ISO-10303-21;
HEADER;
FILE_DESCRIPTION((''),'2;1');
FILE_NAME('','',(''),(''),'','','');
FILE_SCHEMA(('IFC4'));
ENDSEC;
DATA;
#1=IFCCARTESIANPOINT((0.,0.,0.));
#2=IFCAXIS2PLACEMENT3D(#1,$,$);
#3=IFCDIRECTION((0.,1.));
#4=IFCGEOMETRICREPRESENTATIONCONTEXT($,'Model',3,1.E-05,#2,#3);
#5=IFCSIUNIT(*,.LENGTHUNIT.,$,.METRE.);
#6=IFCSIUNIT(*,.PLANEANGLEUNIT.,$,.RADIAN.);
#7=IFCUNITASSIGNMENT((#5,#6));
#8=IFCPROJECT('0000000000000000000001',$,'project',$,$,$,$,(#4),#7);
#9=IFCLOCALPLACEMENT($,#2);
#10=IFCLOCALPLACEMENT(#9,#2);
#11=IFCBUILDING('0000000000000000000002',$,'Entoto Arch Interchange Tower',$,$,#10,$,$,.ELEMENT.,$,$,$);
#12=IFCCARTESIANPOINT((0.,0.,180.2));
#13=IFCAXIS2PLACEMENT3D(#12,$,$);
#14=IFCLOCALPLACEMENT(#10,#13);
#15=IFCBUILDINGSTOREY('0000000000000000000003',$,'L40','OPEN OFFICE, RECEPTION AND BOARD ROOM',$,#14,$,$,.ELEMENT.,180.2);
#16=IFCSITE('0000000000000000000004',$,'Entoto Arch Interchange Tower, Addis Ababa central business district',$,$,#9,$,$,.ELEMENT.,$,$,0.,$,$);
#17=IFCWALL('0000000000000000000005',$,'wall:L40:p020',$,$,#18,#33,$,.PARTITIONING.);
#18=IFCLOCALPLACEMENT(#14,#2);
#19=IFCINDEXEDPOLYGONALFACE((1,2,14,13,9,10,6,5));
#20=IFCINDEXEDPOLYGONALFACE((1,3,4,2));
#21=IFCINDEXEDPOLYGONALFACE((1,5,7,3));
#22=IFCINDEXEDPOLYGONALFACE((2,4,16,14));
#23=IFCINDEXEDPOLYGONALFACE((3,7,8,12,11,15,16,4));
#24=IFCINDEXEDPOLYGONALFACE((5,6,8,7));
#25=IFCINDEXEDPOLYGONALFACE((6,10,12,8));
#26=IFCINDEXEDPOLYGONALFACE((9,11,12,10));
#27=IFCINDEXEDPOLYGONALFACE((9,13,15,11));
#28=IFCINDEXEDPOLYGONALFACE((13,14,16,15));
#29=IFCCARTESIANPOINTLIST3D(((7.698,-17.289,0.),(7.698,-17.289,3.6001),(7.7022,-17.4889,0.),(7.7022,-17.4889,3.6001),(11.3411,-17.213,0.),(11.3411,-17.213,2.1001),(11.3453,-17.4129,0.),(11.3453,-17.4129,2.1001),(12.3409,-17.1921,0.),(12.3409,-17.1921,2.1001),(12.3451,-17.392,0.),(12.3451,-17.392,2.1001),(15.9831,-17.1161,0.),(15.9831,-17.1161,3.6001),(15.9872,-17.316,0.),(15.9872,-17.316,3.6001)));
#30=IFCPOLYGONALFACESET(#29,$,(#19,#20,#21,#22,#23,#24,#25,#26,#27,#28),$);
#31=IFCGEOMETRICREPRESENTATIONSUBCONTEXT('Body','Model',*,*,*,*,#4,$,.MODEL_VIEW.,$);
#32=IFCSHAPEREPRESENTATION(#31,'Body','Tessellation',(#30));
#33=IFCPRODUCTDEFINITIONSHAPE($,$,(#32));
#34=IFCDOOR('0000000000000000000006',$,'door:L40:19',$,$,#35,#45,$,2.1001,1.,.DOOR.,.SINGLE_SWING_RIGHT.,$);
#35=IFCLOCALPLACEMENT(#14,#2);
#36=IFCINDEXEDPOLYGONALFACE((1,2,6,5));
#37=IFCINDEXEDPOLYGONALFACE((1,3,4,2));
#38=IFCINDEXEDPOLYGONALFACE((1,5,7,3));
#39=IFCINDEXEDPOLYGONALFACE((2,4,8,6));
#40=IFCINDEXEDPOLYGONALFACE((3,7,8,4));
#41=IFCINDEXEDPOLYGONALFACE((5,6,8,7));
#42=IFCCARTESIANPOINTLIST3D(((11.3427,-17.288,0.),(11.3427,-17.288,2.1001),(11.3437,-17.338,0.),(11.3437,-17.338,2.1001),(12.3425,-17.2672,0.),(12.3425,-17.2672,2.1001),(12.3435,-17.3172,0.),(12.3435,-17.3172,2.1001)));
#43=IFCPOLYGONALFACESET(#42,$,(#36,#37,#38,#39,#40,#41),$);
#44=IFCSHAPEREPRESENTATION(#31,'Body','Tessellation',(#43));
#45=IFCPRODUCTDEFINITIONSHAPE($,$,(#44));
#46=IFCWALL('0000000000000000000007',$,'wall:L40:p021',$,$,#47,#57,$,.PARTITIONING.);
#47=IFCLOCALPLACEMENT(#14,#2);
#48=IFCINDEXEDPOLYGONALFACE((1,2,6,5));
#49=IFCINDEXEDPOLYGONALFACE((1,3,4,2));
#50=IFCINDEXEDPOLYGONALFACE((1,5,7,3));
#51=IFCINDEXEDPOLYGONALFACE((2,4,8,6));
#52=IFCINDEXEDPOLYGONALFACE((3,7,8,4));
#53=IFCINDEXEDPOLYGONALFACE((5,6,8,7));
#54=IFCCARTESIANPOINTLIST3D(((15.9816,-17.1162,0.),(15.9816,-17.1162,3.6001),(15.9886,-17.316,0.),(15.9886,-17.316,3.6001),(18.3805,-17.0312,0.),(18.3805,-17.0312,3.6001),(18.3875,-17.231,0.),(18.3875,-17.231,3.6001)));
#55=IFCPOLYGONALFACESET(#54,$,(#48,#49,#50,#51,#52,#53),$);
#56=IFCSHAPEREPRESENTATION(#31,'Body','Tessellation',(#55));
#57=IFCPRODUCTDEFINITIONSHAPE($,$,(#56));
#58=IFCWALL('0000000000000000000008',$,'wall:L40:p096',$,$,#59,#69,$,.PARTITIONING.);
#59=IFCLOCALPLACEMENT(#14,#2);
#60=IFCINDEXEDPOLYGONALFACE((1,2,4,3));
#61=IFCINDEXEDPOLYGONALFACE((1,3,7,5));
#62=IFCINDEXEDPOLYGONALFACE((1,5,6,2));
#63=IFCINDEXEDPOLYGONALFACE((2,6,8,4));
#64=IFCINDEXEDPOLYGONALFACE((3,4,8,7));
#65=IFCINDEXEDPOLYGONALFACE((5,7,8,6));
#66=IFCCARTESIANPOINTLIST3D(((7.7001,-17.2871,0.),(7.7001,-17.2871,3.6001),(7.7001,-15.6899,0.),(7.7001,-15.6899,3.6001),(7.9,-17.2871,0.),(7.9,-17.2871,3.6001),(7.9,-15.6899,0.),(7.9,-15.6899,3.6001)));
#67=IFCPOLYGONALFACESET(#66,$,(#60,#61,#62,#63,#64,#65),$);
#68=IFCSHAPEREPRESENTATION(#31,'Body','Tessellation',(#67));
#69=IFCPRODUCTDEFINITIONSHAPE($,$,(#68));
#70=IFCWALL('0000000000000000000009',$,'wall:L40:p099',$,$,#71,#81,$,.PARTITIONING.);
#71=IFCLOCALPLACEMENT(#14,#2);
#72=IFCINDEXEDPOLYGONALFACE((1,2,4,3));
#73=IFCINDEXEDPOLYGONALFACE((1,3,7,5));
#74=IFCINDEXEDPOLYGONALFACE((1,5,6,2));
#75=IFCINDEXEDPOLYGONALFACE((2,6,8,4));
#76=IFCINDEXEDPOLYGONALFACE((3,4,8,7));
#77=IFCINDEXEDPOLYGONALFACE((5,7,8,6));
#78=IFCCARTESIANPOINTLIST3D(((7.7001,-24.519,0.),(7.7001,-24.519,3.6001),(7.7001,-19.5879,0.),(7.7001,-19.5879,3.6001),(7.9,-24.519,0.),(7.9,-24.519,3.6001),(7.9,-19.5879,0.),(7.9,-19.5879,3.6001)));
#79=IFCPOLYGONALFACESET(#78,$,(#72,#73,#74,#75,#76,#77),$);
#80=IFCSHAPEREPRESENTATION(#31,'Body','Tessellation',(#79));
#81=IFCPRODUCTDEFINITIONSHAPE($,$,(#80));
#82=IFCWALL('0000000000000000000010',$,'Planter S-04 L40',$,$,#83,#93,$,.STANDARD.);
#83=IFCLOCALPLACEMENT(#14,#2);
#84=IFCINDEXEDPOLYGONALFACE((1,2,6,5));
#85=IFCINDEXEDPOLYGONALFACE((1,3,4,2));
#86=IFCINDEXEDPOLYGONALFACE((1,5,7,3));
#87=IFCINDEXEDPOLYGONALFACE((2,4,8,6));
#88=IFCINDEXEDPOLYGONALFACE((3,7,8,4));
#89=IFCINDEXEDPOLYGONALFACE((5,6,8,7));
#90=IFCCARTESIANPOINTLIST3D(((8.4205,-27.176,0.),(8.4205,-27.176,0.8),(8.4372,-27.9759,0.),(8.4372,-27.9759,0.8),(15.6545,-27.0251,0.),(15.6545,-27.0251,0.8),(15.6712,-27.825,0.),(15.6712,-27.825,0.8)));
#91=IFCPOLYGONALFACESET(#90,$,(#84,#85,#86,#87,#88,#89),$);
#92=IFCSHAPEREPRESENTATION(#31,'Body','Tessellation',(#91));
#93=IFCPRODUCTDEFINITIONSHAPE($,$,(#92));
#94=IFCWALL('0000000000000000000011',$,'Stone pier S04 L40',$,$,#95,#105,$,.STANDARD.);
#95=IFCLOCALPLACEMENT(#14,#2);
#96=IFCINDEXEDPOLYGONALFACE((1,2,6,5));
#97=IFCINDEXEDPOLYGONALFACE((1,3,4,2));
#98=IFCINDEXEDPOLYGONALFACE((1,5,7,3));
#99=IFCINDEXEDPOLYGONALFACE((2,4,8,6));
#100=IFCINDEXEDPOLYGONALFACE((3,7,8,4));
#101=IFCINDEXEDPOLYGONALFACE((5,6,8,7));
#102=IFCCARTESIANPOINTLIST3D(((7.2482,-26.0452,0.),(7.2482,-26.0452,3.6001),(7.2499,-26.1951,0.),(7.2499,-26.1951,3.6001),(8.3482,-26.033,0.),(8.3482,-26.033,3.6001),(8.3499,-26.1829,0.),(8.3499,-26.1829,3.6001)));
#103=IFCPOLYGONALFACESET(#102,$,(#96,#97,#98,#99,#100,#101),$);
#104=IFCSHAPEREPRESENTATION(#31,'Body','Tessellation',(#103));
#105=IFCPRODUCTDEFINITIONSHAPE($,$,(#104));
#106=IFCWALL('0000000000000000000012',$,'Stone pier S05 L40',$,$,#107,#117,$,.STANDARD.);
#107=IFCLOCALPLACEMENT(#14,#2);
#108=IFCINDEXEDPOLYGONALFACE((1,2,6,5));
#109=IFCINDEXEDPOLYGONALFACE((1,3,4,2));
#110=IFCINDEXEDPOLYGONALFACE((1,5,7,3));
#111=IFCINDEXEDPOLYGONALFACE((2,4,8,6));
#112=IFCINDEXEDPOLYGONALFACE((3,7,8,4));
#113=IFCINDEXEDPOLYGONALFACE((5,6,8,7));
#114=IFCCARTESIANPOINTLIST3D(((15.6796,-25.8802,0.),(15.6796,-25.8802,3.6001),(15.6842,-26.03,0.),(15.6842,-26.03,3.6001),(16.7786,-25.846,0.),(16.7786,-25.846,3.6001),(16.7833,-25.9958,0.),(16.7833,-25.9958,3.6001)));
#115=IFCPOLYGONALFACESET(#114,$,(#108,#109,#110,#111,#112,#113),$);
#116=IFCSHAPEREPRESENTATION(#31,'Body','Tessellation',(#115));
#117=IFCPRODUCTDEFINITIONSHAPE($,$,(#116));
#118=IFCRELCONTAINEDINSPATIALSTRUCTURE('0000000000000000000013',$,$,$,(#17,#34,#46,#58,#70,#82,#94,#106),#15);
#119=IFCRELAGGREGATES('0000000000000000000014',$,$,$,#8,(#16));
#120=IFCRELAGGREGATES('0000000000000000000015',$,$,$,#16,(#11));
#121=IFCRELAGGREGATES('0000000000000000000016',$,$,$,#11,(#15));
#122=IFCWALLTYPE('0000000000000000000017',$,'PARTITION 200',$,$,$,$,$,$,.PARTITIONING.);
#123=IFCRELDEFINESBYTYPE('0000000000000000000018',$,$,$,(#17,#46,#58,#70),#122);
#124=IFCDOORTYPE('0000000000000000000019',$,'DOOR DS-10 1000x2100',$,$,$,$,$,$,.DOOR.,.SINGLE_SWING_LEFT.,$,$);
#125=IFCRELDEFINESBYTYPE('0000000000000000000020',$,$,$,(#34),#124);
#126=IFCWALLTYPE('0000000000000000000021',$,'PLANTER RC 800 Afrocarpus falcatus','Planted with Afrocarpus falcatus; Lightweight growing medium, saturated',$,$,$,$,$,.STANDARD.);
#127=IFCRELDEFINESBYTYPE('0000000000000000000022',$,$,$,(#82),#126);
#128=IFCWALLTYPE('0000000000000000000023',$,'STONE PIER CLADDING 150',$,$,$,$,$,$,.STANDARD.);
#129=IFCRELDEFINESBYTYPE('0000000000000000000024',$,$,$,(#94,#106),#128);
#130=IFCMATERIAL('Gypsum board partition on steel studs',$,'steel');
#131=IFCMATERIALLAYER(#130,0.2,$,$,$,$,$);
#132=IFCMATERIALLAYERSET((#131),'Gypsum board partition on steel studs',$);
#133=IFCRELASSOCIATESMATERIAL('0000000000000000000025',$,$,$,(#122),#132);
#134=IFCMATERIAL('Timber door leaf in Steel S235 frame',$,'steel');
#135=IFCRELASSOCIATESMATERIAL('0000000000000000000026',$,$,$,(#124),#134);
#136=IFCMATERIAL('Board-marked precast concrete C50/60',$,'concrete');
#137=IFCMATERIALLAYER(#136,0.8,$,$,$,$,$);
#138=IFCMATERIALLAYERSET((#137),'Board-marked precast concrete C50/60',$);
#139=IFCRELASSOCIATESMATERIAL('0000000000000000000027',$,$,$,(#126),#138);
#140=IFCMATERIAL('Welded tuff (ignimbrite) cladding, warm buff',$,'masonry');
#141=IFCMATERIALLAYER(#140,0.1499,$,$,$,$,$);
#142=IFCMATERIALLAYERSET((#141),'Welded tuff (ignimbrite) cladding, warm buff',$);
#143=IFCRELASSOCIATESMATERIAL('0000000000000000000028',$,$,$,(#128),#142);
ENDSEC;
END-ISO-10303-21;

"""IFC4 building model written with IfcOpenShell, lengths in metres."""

from ifc_helpers import new_model, si_unit, direction, frame, frame_2d, origin, place, context, subcontext, project, spatial, rectangle, extrude, material, layer, layer_set, type_object, element, fill, save


model = new_model("IFC4")

# Units and contexts
model_context = context("Model", 3, precision=1e-05, world=origin(), true_north=direction((0.0, 1.0)))
body_context = subcontext(model_context, "Body", "Model", "MODEL_VIEW")
ifc_project = project(units=[si_unit("LENGTHUNIT", "METRE"), si_unit("PLANEANGLEUNIT", "RADIAN")], contexts=[model_context])

# Site, building, storey
site_placement = place(None, origin())
site = spatial("IfcSite", under=ifc_project, at=site_placement, Name="Entoto Arch Interchange Tower, Addis Ababa central business district", CompositionType="ELEMENT", RefElevation=0.0)
building_placement = place(site_placement, origin())
building = spatial("IfcBuilding", under=site, at=building_placement, Name="Entoto Arch Interchange Tower", CompositionType="ELEMENT")
storey_placement = place(building_placement, frame((0.0, 0.0, 180.2)))
storey = spatial("IfcBuildingStorey", under=building, at=storey_placement, Name="L40", Description="OPEN OFFICE, RECEPTION AND BOARD ROOM", CompositionType="ELEMENT", Elevation=180.2)

# Wall, opening, door
ifc_material_1 = material(Name="Gypsum board partition on steel studs", Category="steel")
ifc_layer_1 = layer(ifc_material_1, 0.2)
ifc_layer_set_1 = layer_set([ifc_layer_1], Name="Gypsum board partition on steel studs")
wall_type_1 = type_object("IfcWallType", Name="PARTITION 200", PredefinedType="PARTITIONING", material=ifc_layer_set_1)
wall_1_placement = place(storey_placement, frame((7.7, -17.3889, 0.0), z_axis=(0.0, 0.0, 1.0), x_axis=(0.999782, 0.020858, 0.0)))
wall_1 = element("IfcWall", 1, at=wall_1_placement, inside=storey, type_object=wall_type_1, Name="wall:L40:p020", PredefinedType="PARTITIONING", context=body_context, shape_type="SweptSolid", body=[
    extrude(rectangle(XDim=8.2869, YDim=0.2, at=frame_2d((4.1436, 0.0))), origin(), (0.0, 0.0, 1.0), 3.6001),
])
opening_1_placement = place(wall_1_placement, frame((3.644, 0.0, 0.0)))
opening_1 = element("IfcOpeningElement", 2, at=opening_1_placement, cuts=wall_1, PredefinedType="OPENING", context=body_context, shape_type="SweptSolid", body=[
    extrude(rectangle(XDim=1.0, YDim=2.1001, at=frame_2d((0.5, 1.05))), frame((0.0, 0.1099, 0.0), z_axis=(0.0, -1.0, 0.0), x_axis=(1.0, 0.0, 0.0)), (0.0, 0.0, 1.0), 0.22),
])
ifc_material_2 = material(Name="Timber door leaf in Steel S235 frame", Category="steel")
door_type_1 = type_object("IfcDoorType", Name="DOOR DS-10 1000x2100", OperationType="SINGLE_SWING_LEFT", PredefinedType="DOOR", material=ifc_material_2)
door_1_placement = place(opening_1_placement, origin())
door_1 = element("IfcDoor", 3, at=door_1_placement, inside=storey, type_object=door_type_1, Name="door:L40:19", OperationType="SINGLE_SWING_RIGHT", OverallHeight=2.1001, OverallWidth=1.0, PredefinedType="DOOR", context=body_context, shape_type="SweptSolid", body=[
    extrude(rectangle(XDim=1.0, YDim=2.1001, at=frame_2d((0.5, 1.05))), frame((0.0, 0.0249, 0.0), z_axis=(0.0, -1.0, 0.0), x_axis=(1.0, 0.0, 0.0)), (0.0, 0.0, 1.0), 0.05),
])
fill(opening_1, door_1)

# Walls
wall_2_placement = place(storey_placement, frame((15.9851, -17.2161, 0.0), z_axis=(0.0, 0.0, 1.0), x_axis=(0.999373, 0.035394, 0.0)))
element("IfcWall", 4, at=wall_2_placement, inside=storey, type_object=wall_type_1, Name="wall:L40:p021", PredefinedType="PARTITIONING", context=body_context, shape_type="SweptSolid", body=[
    extrude(rectangle(XDim=2.4004, YDim=0.2, at=frame_2d((1.2002, 0.0))), origin(), (0.0, 0.0, 1.0), 3.6001),
])
wall_3_placement = place(storey_placement, frame((7.8, -15.6899, 0.0), z_axis=(0.0, 0.0, 1.0), x_axis=(0.0, -1.0, 0.0)))
element("IfcWall", 5, at=wall_3_placement, inside=storey, type_object=wall_type_1, Name="wall:L40:p096", PredefinedType="PARTITIONING", context=body_context, shape_type="SweptSolid", body=[
    extrude(rectangle(XDim=1.5972, YDim=0.2, at=frame_2d((0.7986, 0.0))), origin(), (0.0, 0.0, 1.0), 3.6001),
])
wall_4_placement = place(storey_placement, frame((7.8, -19.5879, 0.0), z_axis=(0.0, 0.0, 1.0), x_axis=(0.0, -1.0, 0.0)))
element("IfcWall", 6, at=wall_4_placement, inside=storey, type_object=wall_type_1, Name="wall:L40:p099", PredefinedType="PARTITIONING", context=body_context, shape_type="SweptSolid", body=[
    extrude(rectangle(XDim=4.9312, YDim=0.2, at=frame_2d((2.4656, 0.0))), origin(), (0.0, 0.0, 1.0), 3.6001),
])
ifc_material_3 = material(Name="Board-marked precast concrete C50/60", Category="concrete")
ifc_layer_2 = layer(ifc_material_3, 0.8)
ifc_layer_set_2 = layer_set([ifc_layer_2], Name="Board-marked precast concrete C50/60")
wall_type_2 = type_object("IfcWallType", Name="PLANTER RC 800 Afrocarpus falcatus", Description="Planted with Afrocarpus falcatus; Lightweight growing medium, saturated", PredefinedType="STANDARD", material=ifc_layer_set_2)
wall_5_placement = place(storey_placement, frame((8.429, -27.5759, 0.0), z_axis=(0.0, 0.0, 1.0), x_axis=(0.999783, 0.020852, 0.0)))
element("IfcWall", 7, at=wall_5_placement, inside=storey, type_object=wall_type_2, Name="Planter S-04 L40", PredefinedType="STANDARD", context=body_context, shape_type="SweptSolid", body=[
    extrude(rectangle(XDim=7.2356, YDim=0.8, at=frame_2d((3.6177, 0.0))), origin(), (0.0, 0.0, 1.0), 0.8),
])

# Shared definitions
ifc_material_4 = material(Name="Welded tuff (ignimbrite) cladding, warm buff", Category="masonry")

# Walls
ifc_layer_3 = layer(ifc_material_4, 0.1499)
ifc_layer_set_3 = layer_set([ifc_layer_3], Name="Welded tuff (ignimbrite) cladding, warm buff")
wall_type_3 = type_object("IfcWallType", Name="STONE PIER CLADDING 150", PredefinedType="STANDARD", material=ifc_layer_set_3)
wall_6_placement = place(storey_placement, frame((7.249, -26.1201, 0.0), z_axis=(0.0, 0.0, 1.0), x_axis=(0.999938, 0.011096, 0.0)))
element("IfcWall", 8, at=wall_6_placement, inside=storey, type_object=wall_type_3, Name="Stone pier S04 L40", PredefinedType="STANDARD", context=body_context, shape_type="SweptSolid", body=[
    extrude(rectangle(XDim=1.1001, YDim=0.1499, at=frame_2d((0.55, 0.0))), origin(), (0.0, 0.0, 1.0), 3.6001),
])
wall_7_placement = place(storey_placement, frame((15.6819, -25.9551, 0.0), z_axis=(0.0, 0.0, 1.0), x_axis=(0.999517, 0.031082, 0.0)))
element("IfcWall", 9, at=wall_7_placement, inside=storey, type_object=wall_type_3, Name="Stone pier S05 L40", PredefinedType="STANDARD", context=body_context, shape_type="SweptSolid", body=[
    extrude(rectangle(XDim=1.0996, YDim=0.1499, at=frame_2d((0.5498, 0.0))), origin(), (0.0, 0.0, 1.0), 3.6001),
])

save(model, "model.ifc")
